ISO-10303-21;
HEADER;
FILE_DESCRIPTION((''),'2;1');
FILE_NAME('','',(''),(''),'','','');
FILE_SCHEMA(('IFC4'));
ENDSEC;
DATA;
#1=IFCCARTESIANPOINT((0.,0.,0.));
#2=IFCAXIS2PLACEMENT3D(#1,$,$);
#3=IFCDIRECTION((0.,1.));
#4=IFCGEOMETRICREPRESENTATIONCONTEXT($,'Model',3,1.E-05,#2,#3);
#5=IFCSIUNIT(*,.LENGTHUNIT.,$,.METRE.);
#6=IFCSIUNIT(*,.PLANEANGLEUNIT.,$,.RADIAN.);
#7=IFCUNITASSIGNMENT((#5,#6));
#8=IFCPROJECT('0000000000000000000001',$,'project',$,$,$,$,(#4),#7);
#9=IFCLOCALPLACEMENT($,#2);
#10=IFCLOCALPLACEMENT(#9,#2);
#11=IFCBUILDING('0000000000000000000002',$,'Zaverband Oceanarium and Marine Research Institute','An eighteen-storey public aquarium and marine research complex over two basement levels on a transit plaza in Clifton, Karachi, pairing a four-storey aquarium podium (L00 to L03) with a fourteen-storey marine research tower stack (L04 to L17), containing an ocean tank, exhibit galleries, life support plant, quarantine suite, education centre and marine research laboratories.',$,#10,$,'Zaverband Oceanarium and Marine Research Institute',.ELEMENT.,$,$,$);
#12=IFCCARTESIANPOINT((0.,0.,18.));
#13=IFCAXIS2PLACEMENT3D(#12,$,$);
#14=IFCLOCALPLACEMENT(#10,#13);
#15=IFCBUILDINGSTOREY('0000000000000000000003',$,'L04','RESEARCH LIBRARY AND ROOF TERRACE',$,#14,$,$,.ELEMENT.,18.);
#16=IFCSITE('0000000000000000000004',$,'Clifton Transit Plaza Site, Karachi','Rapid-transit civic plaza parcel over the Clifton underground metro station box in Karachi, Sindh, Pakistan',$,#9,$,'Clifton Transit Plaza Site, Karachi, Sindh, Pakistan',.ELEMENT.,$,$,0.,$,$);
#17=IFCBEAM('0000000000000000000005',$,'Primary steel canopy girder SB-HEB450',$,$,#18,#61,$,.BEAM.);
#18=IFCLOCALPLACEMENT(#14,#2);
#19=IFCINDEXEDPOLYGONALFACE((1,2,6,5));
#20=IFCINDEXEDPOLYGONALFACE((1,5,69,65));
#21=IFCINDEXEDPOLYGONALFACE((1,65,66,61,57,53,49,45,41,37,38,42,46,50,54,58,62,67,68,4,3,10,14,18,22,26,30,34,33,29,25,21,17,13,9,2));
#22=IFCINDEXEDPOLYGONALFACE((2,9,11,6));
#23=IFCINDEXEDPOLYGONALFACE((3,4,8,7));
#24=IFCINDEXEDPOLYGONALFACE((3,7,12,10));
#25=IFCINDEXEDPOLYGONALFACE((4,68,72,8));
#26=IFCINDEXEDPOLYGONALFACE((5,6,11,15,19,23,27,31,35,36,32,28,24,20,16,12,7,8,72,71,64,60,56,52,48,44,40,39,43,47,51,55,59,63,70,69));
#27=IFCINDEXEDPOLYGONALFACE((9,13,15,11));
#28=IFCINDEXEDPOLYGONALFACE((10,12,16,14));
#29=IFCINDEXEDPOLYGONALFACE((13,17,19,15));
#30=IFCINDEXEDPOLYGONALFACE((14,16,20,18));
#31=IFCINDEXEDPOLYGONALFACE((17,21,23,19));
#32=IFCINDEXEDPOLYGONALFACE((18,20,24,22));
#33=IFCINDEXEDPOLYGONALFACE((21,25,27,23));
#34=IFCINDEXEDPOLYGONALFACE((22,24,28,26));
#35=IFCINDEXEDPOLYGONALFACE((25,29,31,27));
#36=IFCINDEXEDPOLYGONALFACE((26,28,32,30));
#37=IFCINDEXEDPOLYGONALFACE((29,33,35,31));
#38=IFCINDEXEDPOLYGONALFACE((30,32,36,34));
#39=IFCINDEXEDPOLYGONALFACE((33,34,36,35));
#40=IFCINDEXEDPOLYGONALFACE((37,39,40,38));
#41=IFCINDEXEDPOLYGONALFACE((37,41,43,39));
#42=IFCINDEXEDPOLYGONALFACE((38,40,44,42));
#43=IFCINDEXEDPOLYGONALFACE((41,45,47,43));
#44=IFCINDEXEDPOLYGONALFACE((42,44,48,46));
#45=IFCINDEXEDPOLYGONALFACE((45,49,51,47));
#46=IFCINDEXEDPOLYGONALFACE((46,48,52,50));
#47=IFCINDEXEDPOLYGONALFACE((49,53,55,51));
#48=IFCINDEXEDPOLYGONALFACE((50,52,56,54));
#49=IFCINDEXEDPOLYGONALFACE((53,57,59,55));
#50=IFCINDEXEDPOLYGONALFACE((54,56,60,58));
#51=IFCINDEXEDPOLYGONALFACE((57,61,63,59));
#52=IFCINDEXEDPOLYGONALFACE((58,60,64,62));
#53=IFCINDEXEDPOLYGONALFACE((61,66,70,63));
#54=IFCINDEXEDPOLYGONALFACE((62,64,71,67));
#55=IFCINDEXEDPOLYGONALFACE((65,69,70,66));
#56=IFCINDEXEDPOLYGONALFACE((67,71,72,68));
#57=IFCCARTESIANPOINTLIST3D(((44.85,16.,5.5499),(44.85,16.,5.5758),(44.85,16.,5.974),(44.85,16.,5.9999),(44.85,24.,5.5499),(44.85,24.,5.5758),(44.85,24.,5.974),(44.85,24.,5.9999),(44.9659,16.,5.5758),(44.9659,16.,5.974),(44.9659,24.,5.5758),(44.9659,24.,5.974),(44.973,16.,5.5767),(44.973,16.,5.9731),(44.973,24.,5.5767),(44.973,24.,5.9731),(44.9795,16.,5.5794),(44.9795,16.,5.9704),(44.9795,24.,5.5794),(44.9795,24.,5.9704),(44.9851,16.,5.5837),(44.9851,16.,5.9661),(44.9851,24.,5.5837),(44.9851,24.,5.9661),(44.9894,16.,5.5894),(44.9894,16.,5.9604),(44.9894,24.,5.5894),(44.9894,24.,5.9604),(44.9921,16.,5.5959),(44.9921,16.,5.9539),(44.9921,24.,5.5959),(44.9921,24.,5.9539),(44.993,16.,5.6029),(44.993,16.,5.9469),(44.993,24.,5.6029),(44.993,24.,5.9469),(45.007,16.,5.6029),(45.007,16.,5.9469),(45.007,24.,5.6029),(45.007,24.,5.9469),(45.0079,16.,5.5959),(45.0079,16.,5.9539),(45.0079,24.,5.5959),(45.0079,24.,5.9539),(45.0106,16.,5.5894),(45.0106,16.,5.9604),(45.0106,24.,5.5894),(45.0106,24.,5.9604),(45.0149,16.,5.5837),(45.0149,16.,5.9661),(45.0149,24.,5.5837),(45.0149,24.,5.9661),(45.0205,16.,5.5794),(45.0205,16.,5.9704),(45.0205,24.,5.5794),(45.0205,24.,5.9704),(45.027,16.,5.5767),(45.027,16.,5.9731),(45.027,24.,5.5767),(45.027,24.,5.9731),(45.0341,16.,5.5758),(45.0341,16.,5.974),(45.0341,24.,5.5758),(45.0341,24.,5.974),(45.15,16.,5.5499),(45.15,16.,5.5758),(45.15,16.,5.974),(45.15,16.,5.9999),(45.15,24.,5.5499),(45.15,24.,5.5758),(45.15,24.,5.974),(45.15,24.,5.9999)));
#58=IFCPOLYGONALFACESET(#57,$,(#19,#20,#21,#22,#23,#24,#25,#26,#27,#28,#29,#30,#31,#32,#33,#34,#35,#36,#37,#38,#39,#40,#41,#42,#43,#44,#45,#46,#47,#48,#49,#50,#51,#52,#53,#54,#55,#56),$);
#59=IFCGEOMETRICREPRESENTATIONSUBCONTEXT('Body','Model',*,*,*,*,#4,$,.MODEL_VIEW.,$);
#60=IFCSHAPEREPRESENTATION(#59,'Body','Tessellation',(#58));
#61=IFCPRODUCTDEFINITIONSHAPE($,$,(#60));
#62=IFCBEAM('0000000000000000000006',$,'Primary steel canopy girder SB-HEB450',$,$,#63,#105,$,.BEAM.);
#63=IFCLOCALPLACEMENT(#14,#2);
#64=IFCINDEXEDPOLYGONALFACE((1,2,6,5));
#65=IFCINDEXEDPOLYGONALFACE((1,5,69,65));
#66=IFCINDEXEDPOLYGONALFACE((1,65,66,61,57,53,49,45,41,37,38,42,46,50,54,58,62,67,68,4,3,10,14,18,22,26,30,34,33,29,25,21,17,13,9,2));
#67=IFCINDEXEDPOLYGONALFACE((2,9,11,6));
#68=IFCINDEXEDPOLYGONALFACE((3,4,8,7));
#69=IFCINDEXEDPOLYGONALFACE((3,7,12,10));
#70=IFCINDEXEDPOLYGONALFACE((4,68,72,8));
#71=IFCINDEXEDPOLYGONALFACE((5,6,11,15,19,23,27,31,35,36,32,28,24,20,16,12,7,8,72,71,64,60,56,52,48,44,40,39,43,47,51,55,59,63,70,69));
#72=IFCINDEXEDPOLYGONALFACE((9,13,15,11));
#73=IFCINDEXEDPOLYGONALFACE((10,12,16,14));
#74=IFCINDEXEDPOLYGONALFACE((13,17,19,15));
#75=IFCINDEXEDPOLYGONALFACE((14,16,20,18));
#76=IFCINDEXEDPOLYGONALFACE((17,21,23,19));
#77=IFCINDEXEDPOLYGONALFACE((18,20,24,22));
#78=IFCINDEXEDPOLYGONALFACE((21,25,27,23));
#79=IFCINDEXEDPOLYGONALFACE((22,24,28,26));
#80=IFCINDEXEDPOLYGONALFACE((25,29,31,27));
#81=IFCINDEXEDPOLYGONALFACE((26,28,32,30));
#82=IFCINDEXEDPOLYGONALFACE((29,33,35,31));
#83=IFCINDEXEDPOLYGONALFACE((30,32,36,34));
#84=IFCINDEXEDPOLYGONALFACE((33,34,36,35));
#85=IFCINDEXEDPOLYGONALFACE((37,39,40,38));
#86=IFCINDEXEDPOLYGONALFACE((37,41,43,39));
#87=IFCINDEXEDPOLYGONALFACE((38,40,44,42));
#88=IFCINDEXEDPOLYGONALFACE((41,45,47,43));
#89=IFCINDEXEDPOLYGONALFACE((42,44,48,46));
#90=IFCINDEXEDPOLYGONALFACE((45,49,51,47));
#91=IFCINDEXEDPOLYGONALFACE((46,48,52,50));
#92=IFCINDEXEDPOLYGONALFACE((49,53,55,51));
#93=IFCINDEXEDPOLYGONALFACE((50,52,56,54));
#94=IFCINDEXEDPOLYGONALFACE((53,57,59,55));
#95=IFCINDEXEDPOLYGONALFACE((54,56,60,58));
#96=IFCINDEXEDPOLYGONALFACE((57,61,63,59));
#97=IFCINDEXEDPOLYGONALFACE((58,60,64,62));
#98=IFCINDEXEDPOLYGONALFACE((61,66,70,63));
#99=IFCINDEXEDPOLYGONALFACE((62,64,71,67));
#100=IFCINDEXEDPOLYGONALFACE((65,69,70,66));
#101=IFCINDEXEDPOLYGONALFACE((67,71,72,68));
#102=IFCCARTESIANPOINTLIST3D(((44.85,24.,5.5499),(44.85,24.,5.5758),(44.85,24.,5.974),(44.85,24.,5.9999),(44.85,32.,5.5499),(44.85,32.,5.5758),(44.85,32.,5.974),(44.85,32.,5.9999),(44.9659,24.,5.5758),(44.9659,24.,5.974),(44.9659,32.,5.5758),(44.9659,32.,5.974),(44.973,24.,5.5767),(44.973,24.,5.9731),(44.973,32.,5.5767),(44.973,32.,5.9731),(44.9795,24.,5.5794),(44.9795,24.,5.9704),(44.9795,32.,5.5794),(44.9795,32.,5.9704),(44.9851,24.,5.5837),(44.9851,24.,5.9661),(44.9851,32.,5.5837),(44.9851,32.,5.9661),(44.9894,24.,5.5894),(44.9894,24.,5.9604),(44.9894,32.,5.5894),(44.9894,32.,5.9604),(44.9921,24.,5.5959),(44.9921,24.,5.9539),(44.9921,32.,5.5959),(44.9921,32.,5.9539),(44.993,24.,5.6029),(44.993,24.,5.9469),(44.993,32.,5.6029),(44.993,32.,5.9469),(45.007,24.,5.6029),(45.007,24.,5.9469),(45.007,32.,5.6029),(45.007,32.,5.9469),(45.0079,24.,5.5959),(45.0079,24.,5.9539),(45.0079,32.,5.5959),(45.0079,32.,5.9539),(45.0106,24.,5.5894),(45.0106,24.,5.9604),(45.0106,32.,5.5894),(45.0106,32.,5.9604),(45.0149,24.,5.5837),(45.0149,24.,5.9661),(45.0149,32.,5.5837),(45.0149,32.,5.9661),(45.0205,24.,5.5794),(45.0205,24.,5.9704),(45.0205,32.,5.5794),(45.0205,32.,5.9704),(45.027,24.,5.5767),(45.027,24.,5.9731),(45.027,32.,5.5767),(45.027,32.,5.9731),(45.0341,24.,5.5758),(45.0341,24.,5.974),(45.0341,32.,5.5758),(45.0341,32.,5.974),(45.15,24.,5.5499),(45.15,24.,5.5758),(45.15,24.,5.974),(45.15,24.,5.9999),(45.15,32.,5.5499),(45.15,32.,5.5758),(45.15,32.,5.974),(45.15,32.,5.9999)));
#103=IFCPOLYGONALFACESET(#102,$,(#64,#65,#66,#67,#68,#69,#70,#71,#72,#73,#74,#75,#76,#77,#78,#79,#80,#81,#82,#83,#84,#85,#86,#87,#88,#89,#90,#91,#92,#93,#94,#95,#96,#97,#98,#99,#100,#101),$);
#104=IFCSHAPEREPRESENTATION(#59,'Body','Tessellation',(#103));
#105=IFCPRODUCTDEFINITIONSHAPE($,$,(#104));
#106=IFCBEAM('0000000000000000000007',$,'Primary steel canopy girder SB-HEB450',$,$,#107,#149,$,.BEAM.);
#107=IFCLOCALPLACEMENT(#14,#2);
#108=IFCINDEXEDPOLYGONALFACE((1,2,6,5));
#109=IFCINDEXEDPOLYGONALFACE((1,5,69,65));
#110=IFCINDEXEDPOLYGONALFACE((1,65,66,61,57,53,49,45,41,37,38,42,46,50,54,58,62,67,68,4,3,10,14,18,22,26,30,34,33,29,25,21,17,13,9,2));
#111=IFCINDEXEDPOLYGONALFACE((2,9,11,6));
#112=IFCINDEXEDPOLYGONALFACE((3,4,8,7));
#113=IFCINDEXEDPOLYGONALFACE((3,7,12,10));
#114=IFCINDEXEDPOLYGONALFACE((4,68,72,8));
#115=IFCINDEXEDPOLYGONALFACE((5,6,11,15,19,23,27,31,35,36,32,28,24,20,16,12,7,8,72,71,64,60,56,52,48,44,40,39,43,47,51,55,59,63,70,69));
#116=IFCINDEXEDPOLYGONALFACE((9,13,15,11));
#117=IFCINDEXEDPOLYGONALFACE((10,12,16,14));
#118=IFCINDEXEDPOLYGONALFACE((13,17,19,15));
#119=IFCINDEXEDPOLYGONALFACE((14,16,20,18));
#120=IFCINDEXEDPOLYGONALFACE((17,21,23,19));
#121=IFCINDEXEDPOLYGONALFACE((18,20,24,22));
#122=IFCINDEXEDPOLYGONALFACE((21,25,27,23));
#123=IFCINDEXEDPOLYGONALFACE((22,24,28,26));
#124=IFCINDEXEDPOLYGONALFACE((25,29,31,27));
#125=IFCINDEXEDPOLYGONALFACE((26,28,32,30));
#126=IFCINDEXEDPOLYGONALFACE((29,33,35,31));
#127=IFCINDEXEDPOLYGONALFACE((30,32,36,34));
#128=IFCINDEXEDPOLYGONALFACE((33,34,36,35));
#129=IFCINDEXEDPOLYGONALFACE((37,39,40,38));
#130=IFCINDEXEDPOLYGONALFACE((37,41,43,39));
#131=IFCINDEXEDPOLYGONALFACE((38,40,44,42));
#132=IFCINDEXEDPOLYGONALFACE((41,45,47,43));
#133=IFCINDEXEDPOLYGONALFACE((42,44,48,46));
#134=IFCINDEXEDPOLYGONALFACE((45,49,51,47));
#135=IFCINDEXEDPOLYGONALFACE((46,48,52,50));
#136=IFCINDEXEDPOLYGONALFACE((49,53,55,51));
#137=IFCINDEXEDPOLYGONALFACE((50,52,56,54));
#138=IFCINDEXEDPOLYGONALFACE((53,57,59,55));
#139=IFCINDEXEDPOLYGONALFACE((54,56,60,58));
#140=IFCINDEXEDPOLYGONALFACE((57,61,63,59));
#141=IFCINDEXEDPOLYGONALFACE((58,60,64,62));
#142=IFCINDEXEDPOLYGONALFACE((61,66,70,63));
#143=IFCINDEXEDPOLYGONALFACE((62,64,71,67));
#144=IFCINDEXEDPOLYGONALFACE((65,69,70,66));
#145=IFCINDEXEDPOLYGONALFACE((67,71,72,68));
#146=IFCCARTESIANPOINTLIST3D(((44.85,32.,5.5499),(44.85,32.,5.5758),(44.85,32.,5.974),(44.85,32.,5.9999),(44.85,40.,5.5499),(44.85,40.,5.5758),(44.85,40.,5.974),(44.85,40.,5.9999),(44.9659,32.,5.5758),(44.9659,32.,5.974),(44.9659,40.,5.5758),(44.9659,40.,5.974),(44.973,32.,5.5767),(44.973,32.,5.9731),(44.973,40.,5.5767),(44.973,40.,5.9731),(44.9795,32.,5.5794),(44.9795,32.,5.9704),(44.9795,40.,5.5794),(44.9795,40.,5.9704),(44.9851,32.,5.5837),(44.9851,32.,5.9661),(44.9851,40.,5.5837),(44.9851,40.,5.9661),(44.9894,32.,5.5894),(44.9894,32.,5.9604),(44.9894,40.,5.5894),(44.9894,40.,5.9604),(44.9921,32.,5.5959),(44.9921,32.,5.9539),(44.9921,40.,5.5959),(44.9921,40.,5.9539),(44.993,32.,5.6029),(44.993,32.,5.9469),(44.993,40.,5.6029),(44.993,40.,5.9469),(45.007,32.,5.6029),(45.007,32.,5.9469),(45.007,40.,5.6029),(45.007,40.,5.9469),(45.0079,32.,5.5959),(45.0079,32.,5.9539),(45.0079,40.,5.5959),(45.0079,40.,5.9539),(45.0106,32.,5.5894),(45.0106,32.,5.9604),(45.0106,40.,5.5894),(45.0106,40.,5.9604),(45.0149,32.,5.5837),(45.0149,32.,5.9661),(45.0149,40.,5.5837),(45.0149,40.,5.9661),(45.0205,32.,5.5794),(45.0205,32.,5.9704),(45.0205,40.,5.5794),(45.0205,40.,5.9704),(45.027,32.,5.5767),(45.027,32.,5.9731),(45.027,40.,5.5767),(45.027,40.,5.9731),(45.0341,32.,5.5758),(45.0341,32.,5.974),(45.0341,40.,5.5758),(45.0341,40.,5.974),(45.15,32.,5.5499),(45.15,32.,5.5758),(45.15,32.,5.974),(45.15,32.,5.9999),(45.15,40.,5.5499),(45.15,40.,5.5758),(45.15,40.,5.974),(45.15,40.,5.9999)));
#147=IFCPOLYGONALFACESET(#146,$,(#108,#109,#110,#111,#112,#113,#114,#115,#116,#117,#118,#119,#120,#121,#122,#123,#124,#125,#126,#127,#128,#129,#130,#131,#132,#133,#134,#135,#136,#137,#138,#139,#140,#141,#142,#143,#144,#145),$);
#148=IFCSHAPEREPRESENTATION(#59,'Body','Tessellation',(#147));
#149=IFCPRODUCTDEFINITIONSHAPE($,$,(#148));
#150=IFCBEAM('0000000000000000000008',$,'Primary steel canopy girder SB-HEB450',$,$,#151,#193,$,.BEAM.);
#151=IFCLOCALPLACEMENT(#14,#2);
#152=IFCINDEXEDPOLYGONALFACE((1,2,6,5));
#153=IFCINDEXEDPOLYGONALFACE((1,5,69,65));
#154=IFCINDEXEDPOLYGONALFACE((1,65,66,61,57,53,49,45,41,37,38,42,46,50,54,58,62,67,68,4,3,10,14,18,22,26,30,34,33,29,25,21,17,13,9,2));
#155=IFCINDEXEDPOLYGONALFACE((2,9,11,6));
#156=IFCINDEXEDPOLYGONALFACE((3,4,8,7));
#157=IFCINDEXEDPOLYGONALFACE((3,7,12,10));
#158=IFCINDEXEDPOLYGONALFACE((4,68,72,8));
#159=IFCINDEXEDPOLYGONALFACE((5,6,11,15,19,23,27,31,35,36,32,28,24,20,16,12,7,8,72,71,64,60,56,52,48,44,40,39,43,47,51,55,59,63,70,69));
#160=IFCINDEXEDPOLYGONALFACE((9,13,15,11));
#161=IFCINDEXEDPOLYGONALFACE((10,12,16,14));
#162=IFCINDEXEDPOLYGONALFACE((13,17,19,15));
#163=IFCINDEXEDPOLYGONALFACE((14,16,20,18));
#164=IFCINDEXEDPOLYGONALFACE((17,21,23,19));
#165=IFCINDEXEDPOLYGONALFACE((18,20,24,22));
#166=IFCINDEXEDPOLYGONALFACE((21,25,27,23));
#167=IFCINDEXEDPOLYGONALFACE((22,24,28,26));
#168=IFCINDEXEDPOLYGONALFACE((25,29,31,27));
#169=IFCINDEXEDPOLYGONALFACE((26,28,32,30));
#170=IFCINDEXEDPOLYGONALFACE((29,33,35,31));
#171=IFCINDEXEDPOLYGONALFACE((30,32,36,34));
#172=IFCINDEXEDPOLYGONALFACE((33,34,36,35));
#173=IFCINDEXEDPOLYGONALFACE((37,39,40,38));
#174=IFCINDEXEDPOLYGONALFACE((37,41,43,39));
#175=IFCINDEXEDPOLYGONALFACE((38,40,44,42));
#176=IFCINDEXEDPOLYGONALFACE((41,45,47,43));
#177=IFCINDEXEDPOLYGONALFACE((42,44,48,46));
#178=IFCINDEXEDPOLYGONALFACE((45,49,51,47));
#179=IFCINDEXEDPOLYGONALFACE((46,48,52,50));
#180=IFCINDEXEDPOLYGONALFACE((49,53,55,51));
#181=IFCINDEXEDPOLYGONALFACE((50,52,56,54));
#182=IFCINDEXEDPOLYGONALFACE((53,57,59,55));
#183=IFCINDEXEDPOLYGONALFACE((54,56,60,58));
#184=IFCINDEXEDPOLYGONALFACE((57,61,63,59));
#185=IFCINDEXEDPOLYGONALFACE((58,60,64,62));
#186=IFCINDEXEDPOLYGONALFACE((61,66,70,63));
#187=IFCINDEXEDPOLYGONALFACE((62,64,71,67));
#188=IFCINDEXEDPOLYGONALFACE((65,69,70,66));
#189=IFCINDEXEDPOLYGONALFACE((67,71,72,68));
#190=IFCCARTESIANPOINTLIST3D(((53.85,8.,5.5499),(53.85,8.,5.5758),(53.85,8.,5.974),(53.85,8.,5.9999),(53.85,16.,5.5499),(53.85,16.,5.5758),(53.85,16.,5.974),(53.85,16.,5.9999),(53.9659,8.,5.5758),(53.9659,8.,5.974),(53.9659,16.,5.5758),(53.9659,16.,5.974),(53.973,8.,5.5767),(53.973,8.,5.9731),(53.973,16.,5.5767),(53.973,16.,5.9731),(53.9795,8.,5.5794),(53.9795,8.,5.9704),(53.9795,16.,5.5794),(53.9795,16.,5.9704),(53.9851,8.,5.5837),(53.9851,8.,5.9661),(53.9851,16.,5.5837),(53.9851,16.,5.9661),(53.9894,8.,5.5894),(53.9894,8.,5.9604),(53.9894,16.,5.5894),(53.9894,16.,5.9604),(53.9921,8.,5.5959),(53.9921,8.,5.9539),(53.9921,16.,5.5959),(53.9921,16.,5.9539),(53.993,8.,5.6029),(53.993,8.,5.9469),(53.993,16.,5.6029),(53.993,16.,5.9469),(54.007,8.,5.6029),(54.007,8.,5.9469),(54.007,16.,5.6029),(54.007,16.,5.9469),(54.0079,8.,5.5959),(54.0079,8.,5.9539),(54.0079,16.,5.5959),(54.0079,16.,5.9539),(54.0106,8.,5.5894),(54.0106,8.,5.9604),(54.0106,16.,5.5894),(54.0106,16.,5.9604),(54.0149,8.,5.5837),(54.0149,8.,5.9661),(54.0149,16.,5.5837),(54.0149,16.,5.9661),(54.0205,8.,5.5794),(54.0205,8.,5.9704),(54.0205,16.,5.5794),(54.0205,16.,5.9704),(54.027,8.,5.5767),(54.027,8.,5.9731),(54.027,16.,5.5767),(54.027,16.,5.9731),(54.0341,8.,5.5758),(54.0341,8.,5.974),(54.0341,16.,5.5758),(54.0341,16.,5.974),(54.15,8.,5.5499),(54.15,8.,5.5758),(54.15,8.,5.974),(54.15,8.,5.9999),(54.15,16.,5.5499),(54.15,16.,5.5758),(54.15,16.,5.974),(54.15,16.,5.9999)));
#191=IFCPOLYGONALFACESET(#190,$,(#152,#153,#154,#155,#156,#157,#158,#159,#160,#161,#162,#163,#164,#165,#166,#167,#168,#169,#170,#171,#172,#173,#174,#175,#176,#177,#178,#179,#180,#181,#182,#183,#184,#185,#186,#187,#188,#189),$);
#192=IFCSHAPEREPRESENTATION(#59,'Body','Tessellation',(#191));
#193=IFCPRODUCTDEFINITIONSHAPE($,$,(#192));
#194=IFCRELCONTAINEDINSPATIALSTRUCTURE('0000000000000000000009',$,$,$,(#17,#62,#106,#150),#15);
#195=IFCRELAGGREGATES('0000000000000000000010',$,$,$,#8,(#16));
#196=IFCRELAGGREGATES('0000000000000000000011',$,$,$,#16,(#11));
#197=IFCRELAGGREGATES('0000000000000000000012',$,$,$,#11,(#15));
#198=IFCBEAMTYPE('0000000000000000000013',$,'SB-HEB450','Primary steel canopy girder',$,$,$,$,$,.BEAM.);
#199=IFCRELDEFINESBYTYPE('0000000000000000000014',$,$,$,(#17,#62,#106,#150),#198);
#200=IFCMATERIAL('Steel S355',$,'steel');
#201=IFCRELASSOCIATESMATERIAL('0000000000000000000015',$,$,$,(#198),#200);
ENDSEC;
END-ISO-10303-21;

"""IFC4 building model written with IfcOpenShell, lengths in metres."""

from ifc_helpers import new_model, si_unit, direction, frame, origin, origin_2d, place, context, subcontext, project, spatial, i_section, extrude, material, material_profile, profile_set, type_object, element, save


model = new_model("IFC4")

# Units and contexts
model_context = context("Model", 3, precision=1e-05, world=origin(), true_north=direction((0.0, 1.0)))
body_context = subcontext(model_context, "Body", "Model", "MODEL_VIEW")
ifc_project = project(units=[si_unit("LENGTHUNIT", "METRE"), si_unit("PLANEANGLEUNIT", "RADIAN")], contexts=[model_context])

# Site, building, storey
site_placement = place(None, origin())
site = spatial("IfcSite", under=ifc_project, at=site_placement, Name="Clifton Transit Plaza Site, Karachi", Description="Rapid-transit civic plaza parcel over the Clifton underground metro station box in Karachi, Sindh, Pakistan", LongName="Clifton Transit Plaza Site, Karachi, Sindh, Pakistan", CompositionType="ELEMENT", RefElevation=0.0)
building_placement = place(site_placement, origin())
building = spatial("IfcBuilding", under=site, at=building_placement, Name="Zaverband Oceanarium and Marine Research Institute", Description="An eighteen-storey public aquarium and marine research complex over two basement levels on a transit plaza in Clifton, Karachi, pairing a four-storey aquarium podium (L00 to L03) with a fourteen-storey marine research tower stack (L04 to L17), containing an ocean tank, exhibit galleries, life support plant, quarantine suite, education centre and marine research laboratories.", LongName="Zaverband Oceanarium and Marine Research Institute", CompositionType="ELEMENT")
storey_placement = place(building_placement, frame((0.0, 0.0, 18.0)))
storey = spatial("IfcBuildingStorey", under=building, at=storey_placement, Name="L04", Description="RESEARCH LIBRARY AND ROOF TERRACE", CompositionType="ELEMENT", Elevation=18.0)

# Beams
ifc_material_1 = material(Name="Steel S355", Category="steel")
ifc_material_profile_1 = material_profile(ifc_material_1, i_section(OverallWidth=0.3, OverallDepth=0.45, WebThickness=0.0139, FlangeThickness=0.0259, FilletRadius=0.0271, at=origin_2d()), Name="HEB450")
ifc_profile_set_1 = profile_set([ifc_material_profile_1], Name="Steel S355")
beam_type = type_object("IfcBeamType", Name="SB-HEB450", Description="Primary steel canopy girder", PredefinedType="BEAM", material=ifc_profile_set_1)
for number, where, z_axis, x_axis, name in (
    (1, (45.0, 16.0, 5.7749), (0.0, 1.0, 0.0), (-1.0, 0.0, 0.0), "Primary steel canopy girder SB-HEB450"),
    (2, (45.0, 24.0, 5.7749), (0.0, 1.0, 0.0), (-1.0, 0.0, 0.0), "Primary steel canopy girder SB-HEB450"),
    (3, (45.0, 32.0, 5.7749), (0.0, 1.0, 0.0), (-1.0, 0.0, 0.0), "Primary steel canopy girder SB-HEB450"),
    (4, (54.0, 8.0, 5.7749), (0.0, 1.0, 0.0), (-1.0, 0.0, 0.0), "Primary steel canopy girder SB-HEB450"),
):
    element("IfcBeam", number, at=place(storey_placement, frame(where, z_axis=z_axis, x_axis=x_axis)), inside=storey, type_object=beam_type, Name=name, PredefinedType="BEAM", context=body_context, shape_type="SweptSolid", body=[
        extrude(i_section(OverallWidth=0.3, OverallDepth=0.45, WebThickness=0.0139, FlangeThickness=0.0259, FilletRadius=0.0271, at=origin_2d()), origin(), (0.0, 0.0, 1.0), 8.0),
    ])

save(model, "model.ifc")
